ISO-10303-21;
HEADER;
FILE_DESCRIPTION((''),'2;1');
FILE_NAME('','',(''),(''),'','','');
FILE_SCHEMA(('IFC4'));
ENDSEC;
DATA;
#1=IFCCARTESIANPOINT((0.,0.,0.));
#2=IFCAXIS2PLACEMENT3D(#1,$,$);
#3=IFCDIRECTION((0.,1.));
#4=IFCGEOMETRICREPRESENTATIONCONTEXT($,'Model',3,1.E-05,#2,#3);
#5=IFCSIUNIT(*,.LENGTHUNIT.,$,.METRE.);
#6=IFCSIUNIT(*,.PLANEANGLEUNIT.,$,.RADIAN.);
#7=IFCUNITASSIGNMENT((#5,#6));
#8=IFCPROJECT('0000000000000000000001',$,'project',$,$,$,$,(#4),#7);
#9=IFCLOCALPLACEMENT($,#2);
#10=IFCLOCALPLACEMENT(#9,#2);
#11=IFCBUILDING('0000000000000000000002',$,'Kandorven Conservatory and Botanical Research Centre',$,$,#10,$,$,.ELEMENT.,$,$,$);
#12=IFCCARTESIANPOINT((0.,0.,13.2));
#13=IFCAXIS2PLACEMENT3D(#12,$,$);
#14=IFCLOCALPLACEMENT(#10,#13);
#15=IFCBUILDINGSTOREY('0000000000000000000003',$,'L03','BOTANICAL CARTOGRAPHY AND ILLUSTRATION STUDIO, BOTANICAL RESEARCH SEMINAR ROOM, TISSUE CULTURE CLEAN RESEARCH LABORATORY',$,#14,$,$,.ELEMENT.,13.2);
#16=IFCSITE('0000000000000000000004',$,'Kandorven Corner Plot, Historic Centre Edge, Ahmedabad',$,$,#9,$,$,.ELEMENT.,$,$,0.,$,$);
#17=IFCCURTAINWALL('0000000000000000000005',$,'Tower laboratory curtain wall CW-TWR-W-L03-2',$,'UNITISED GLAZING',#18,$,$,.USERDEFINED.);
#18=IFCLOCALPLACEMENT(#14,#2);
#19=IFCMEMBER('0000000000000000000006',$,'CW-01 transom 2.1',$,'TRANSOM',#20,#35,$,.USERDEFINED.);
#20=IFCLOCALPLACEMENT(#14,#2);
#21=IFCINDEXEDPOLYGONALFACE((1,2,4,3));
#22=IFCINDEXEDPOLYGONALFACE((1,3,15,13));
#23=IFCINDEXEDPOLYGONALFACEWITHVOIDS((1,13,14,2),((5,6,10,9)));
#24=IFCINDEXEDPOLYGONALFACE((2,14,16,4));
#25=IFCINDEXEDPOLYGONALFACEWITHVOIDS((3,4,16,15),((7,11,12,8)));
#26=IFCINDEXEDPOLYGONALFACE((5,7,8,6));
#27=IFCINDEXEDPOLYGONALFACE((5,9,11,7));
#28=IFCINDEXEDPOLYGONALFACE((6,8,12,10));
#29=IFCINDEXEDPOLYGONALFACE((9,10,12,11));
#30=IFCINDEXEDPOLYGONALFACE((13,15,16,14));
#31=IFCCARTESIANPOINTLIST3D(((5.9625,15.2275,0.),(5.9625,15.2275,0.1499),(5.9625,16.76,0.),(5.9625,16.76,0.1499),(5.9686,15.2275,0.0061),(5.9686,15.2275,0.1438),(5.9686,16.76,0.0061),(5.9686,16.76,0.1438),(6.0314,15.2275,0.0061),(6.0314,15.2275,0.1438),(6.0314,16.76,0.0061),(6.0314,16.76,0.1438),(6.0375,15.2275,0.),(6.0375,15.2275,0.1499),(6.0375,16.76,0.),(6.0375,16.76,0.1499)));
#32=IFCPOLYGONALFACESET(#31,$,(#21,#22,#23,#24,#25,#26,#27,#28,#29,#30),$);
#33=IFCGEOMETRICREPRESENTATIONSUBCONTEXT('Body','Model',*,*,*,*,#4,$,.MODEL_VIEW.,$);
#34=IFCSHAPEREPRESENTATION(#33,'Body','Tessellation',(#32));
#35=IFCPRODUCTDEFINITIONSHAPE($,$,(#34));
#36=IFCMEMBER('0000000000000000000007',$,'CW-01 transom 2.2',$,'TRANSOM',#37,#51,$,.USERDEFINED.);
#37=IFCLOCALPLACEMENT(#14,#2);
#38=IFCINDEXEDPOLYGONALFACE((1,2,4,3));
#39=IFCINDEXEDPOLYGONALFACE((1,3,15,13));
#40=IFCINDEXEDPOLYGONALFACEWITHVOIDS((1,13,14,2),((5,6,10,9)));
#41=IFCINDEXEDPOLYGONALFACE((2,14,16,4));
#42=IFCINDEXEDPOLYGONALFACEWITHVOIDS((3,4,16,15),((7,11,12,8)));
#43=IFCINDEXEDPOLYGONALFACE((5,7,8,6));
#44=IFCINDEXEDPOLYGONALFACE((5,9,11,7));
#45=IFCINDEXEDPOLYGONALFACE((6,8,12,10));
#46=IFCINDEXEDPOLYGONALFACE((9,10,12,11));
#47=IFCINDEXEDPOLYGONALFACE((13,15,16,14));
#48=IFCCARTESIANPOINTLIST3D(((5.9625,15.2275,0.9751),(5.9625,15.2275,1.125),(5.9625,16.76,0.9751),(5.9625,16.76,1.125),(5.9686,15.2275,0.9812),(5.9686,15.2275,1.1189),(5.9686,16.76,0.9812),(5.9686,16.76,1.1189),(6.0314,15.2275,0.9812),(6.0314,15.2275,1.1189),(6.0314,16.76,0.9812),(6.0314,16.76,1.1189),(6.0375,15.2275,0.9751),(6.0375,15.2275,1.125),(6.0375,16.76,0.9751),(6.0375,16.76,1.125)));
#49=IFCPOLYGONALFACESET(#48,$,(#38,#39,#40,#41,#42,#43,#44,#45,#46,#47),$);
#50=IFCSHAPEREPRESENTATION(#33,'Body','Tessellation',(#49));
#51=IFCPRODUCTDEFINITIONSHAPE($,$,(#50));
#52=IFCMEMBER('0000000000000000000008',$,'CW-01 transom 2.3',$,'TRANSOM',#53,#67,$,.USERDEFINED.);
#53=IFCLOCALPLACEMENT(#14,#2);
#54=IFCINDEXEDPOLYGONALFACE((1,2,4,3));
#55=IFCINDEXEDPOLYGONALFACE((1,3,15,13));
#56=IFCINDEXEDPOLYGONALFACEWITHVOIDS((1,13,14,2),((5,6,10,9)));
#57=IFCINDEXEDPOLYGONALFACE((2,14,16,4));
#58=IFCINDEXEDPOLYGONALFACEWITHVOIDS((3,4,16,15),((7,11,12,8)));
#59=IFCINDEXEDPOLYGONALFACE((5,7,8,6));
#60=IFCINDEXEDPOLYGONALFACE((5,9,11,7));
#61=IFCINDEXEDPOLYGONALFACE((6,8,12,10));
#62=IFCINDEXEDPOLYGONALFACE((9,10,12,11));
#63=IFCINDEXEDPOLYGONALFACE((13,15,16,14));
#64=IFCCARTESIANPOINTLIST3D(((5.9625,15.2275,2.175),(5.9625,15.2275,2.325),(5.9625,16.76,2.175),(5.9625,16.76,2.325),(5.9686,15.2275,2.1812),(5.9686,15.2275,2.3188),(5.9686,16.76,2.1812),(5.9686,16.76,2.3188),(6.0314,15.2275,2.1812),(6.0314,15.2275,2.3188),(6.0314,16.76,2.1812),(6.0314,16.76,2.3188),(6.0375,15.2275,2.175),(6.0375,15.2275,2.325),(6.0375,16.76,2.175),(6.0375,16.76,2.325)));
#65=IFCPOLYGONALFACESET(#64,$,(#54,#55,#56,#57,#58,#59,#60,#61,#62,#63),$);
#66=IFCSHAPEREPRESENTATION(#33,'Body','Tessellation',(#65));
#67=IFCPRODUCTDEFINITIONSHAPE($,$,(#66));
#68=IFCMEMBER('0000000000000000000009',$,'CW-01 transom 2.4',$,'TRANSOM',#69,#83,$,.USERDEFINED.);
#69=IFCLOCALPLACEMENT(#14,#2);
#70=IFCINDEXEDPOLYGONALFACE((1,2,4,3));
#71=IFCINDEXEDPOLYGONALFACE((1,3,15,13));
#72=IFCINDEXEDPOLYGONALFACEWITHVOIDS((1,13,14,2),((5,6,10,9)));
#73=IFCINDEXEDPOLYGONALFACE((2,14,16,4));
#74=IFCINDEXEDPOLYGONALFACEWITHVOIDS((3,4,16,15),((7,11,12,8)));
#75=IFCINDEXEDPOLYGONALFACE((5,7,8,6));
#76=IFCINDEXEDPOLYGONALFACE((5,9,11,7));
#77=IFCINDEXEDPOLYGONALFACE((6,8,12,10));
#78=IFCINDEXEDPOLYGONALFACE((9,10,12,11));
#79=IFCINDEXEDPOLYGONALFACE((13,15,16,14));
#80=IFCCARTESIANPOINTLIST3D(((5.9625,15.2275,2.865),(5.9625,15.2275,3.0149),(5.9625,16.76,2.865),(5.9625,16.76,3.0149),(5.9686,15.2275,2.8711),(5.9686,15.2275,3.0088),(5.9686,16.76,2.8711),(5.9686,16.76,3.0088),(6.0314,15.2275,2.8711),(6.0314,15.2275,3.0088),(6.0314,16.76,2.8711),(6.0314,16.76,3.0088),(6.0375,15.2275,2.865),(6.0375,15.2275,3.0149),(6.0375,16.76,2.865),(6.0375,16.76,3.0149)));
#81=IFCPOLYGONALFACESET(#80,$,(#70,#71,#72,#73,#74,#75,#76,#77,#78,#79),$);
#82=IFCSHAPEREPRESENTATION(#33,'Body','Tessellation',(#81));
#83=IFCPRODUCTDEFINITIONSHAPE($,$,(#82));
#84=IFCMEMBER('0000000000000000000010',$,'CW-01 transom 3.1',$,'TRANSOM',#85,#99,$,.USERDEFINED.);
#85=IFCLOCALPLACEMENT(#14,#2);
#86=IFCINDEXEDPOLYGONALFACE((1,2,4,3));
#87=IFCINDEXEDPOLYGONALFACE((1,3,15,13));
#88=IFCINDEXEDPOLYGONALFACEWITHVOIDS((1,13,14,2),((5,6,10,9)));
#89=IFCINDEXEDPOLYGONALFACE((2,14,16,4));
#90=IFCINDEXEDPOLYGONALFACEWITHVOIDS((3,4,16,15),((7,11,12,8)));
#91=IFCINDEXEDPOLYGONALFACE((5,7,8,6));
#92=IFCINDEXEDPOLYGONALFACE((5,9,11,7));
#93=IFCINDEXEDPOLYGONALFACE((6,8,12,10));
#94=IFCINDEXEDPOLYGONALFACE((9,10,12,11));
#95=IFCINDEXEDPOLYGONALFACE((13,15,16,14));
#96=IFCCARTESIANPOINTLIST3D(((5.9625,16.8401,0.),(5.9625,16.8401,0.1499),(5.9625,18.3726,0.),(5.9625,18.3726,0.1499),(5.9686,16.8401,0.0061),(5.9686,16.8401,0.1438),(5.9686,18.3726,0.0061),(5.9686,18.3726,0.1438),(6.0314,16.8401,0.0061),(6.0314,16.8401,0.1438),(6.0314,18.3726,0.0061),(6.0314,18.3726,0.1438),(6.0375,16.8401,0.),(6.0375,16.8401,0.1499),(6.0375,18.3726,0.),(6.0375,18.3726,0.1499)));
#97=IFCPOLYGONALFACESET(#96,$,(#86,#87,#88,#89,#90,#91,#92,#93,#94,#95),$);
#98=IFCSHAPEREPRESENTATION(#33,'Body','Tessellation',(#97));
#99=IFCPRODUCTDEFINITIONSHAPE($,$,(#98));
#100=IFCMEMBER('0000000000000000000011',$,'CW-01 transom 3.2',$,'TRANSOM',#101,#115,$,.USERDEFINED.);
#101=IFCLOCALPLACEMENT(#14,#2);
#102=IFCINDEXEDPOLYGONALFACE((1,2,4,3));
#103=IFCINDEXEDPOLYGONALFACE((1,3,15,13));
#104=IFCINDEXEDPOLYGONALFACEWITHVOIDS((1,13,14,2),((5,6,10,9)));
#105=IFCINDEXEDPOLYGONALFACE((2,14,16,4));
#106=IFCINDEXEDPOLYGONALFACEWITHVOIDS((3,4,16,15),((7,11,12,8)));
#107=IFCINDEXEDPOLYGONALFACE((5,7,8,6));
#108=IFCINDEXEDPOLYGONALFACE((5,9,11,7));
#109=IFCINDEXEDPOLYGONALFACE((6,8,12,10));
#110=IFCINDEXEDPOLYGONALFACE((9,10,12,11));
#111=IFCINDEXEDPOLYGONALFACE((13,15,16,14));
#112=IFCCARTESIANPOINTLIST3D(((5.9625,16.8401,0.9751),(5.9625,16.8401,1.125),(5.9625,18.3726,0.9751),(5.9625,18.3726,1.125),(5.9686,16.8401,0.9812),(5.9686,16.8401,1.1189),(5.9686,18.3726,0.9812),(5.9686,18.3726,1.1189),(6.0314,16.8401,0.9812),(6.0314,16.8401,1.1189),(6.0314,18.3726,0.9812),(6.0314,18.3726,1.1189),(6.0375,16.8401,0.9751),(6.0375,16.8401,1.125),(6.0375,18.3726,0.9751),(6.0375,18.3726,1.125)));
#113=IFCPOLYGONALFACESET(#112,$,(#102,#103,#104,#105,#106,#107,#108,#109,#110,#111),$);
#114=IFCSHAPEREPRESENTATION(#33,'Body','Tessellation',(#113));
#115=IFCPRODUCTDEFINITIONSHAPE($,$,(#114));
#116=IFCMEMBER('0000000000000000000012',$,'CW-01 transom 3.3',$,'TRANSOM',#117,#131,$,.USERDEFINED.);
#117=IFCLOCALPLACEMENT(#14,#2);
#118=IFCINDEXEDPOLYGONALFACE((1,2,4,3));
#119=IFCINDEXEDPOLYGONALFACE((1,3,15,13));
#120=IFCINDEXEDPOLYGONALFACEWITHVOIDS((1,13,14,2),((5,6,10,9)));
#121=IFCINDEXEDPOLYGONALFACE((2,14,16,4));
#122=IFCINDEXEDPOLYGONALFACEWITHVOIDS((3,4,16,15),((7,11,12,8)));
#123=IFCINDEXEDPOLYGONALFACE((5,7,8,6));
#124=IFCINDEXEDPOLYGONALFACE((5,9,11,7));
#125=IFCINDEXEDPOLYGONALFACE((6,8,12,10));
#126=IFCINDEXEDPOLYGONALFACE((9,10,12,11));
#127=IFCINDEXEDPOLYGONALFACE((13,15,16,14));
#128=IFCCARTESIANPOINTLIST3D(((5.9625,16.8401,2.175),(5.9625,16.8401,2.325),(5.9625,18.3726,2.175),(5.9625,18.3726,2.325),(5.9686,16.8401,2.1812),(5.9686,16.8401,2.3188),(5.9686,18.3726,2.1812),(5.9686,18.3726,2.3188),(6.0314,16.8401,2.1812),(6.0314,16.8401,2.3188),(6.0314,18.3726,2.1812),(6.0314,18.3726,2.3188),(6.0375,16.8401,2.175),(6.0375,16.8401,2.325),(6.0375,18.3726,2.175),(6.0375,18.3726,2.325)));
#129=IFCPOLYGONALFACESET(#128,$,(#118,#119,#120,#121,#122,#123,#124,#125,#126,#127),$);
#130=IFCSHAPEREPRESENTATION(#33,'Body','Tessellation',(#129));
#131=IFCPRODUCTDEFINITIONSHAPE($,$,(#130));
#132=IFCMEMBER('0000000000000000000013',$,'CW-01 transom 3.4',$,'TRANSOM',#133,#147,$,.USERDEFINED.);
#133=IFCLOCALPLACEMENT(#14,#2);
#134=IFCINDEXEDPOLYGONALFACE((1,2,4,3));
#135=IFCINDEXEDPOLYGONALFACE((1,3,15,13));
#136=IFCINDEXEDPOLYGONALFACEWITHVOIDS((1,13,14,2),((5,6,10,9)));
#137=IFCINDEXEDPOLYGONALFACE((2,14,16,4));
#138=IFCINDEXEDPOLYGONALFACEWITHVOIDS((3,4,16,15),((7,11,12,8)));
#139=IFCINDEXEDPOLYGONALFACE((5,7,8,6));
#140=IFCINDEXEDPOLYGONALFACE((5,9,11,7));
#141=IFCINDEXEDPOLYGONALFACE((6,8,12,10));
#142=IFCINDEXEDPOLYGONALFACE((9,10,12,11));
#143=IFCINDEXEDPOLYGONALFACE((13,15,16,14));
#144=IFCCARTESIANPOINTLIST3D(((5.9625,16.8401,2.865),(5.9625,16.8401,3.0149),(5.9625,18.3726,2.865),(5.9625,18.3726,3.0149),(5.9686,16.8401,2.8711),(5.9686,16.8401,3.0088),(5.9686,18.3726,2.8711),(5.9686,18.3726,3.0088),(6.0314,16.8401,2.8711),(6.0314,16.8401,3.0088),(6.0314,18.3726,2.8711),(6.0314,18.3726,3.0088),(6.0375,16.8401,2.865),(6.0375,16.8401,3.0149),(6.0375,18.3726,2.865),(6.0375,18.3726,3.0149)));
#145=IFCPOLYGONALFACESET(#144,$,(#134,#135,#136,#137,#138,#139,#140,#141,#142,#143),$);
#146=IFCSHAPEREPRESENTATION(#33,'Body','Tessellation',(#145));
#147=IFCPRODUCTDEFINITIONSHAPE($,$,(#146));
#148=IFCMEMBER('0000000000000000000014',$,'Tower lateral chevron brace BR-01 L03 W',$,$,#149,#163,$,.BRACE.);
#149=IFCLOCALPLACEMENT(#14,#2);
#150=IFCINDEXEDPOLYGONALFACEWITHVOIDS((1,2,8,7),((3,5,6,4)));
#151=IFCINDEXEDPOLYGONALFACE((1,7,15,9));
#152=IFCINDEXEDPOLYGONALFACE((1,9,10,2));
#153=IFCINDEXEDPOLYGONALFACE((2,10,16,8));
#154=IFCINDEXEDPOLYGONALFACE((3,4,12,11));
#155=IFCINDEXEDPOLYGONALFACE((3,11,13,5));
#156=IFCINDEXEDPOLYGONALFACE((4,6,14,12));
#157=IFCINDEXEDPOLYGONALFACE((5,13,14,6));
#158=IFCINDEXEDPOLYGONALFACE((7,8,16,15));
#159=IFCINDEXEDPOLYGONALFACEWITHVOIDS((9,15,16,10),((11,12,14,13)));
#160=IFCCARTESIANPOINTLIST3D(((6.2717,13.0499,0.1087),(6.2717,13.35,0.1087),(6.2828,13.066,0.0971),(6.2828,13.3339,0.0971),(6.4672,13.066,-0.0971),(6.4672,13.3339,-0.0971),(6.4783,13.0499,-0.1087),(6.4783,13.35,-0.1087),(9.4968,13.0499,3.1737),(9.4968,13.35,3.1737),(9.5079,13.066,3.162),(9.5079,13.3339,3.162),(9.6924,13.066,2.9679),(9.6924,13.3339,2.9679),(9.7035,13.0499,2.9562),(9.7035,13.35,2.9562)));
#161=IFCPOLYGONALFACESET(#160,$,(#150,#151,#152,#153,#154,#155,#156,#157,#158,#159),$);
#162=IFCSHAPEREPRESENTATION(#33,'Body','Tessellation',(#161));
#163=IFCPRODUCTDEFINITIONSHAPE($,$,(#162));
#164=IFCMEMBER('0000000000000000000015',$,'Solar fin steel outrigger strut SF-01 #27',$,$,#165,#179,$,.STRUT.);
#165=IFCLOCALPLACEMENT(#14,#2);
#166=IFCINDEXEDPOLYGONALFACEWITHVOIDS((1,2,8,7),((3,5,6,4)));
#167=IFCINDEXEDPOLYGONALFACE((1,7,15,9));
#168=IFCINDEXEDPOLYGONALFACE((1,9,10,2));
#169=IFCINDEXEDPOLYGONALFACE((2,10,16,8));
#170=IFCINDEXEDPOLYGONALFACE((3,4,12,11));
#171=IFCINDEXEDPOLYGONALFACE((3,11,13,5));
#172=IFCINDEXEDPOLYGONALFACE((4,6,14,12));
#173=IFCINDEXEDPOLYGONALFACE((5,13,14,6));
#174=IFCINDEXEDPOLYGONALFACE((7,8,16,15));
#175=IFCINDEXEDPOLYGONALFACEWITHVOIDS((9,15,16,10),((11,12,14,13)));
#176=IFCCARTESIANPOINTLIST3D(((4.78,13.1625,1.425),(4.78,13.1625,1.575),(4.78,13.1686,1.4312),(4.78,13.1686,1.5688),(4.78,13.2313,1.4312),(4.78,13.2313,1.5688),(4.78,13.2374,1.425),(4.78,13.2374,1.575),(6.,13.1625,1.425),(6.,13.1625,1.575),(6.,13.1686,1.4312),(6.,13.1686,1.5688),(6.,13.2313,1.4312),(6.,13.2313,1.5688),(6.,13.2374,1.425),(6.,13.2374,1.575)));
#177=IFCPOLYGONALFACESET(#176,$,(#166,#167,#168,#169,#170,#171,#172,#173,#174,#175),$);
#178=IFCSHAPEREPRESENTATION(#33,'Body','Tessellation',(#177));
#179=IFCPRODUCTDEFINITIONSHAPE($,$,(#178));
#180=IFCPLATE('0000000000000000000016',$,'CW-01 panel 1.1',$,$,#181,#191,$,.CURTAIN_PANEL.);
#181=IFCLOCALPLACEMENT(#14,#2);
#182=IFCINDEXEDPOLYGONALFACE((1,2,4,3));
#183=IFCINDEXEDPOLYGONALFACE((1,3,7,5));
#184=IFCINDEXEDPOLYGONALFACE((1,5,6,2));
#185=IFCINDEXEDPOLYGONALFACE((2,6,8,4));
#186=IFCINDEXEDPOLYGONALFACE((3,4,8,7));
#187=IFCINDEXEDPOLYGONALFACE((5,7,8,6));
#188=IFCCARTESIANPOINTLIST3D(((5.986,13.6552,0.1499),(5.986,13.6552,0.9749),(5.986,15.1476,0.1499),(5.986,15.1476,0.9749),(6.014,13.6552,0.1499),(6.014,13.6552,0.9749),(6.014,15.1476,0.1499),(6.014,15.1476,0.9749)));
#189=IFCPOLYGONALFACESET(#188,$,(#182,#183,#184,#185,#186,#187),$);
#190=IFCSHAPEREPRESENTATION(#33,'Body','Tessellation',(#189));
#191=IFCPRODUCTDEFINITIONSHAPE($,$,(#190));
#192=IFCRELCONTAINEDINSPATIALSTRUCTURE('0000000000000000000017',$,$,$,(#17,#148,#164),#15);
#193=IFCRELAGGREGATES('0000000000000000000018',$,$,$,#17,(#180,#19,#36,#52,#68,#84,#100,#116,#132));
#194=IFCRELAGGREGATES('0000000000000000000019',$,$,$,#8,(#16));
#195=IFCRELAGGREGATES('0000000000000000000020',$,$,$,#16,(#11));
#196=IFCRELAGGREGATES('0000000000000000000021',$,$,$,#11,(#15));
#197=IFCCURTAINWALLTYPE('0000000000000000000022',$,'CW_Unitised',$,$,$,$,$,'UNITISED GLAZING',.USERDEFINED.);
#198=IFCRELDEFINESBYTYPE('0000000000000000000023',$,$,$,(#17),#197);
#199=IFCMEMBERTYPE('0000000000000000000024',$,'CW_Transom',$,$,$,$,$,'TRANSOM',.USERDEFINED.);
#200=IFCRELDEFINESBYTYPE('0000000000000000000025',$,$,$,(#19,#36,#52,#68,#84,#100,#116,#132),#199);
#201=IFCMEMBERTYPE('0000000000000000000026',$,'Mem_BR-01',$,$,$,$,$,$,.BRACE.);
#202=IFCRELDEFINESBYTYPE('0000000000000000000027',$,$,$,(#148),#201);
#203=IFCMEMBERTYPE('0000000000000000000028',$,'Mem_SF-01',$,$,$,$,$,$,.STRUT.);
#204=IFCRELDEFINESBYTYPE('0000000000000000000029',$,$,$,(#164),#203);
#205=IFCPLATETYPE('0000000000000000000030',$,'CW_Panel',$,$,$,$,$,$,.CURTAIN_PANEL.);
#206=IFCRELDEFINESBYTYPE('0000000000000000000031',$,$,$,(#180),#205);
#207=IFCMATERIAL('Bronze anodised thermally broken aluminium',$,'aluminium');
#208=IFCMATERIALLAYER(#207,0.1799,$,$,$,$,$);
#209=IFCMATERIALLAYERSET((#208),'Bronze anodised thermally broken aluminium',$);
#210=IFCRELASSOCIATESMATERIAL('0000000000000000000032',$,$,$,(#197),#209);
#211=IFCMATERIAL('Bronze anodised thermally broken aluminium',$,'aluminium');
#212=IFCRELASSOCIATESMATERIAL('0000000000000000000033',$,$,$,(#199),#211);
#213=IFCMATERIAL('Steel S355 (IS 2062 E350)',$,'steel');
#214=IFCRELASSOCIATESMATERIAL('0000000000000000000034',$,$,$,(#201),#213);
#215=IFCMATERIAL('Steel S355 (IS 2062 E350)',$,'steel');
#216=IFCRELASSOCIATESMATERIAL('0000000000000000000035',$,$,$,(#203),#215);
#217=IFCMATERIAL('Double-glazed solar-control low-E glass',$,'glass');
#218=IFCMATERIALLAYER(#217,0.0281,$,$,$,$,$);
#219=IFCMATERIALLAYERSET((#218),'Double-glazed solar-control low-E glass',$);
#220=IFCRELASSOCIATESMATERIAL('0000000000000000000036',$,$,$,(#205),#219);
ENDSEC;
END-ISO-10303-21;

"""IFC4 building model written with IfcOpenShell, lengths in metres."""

from ifc_helpers import new_model, si_unit, direction, frame, origin, origin_2d, place, context, subcontext, project, spatial, rectangle, hollow_rectangle, extrude, material, layer, layer_set, material_profile, profile_set, type_object, element, aggregate, save


model = new_model("IFC4")

# Units and contexts
model_context = context("Model", 3, precision=1e-05, world=origin(), true_north=direction((0.0, 1.0)))
body_context = subcontext(model_context, "Body", "Model", "MODEL_VIEW")
ifc_project = project(units=[si_unit("LENGTHUNIT", "METRE"), si_unit("PLANEANGLEUNIT", "RADIAN")], contexts=[model_context])

# Site, building, storey
site_placement = place(None, origin())
site = spatial("IfcSite", under=ifc_project, at=site_placement, Name="Kandorven Corner Plot, Historic Centre Edge, Ahmedabad", CompositionType="ELEMENT", RefElevation=0.0)
building_placement = place(site_placement, origin())
building = spatial("IfcBuilding", under=site, at=building_placement, Name="Kandorven Conservatory and Botanical Research Centre", CompositionType="ELEMENT")
storey_placement = place(building_placement, frame((0.0, 0.0, 13.2)))
storey = spatial("IfcBuildingStorey", under=building, at=storey_placement, Name="L03", Description="BOTANICAL CARTOGRAPHY AND ILLUSTRATION STUDIO, BOTANICAL RESEARCH SEMINAR ROOM, TISSUE CULTURE CLEAN RESEARCH LABORATORY", CompositionType="ELEMENT", Elevation=13.2)

# Curtain wall, members
ifc_material_1 = material(Name="Bronze anodised thermally broken aluminium", Category="aluminium")
ifc_layer_1 = layer(ifc_material_1, 0.1799)
ifc_layer_set_1 = layer_set([ifc_layer_1], Name="Bronze anodised thermally broken aluminium")
curtain_wall_type = type_object("IfcCurtainWallType", Name="CW_Unitised", ElementType="UNITISED GLAZING", PredefinedType="USERDEFINED", material=ifc_layer_set_1)
curtain_wall_placement = place(storey_placement, origin())
curtain_wall = element("IfcCurtainWall", 1, at=curtain_wall_placement, inside=storey, type_object=curtain_wall_type, Name="Tower laboratory curtain wall CW-TWR-W-L03-2", ObjectType="UNITISED GLAZING", PredefinedType="USERDEFINED")
ifc_material_2 = material(Name="Bronze anodised thermally broken aluminium", Category="aluminium")
ifc_material_profile_1 = material_profile(ifc_material_2, hollow_rectangle(XDim=0.075, YDim=0.1499, WallThickness=0.0061, at=origin_2d()))
ifc_profile_set_1 = profile_set([ifc_material_profile_1], Name="Bronze anodised thermally broken aluminium")
member_type_1 = type_object("IfcMemberType", Name="CW_Transom", ElementType="TRANSOM", PredefinedType="USERDEFINED", material=ifc_profile_set_1)
member_1_placement = place(storey_placement, frame((6.0, 15.2275, 0.075), z_axis=(0.0, 1.0, 0.0), x_axis=(-1.0, 0.0, 0.0)))
member_1 = element("IfcMember", 2, at=member_1_placement, type_object=member_type_1, Name="CW-01 transom 2.1", ObjectType="TRANSOM", PredefinedType="USERDEFINED", context=body_context, shape_type="SweptSolid", body=[
    extrude(hollow_rectangle(XDim=0.075, YDim=0.1499, WallThickness=0.0061, at=origin_2d()), origin(), (0.0, 0.0, 1.0), 1.5325),
])
member_2_placement = place(storey_placement, frame((6.0, 15.2275, 1.05), z_axis=(0.0, 1.0, 0.0), x_axis=(-1.0, 0.0, 0.0)))
member_2 = element("IfcMember", 3, at=member_2_placement, type_object=member_type_1, Name="CW-01 transom 2.2", ObjectType="TRANSOM", PredefinedType="USERDEFINED", context=body_context, shape_type="SweptSolid", body=[
    extrude(hollow_rectangle(XDim=0.075, YDim=0.1499, WallThickness=0.0061, at=origin_2d()), origin(), (0.0, 0.0, 1.0), 1.5325),
])
member_3_placement = place(storey_placement, frame((6.0, 15.2275, 2.25), z_axis=(0.0, 1.0, 0.0), x_axis=(-1.0, 0.0, 0.0)))
member_3 = element("IfcMember", 4, at=member_3_placement, type_object=member_type_1, Name="CW-01 transom 2.3", ObjectType="TRANSOM", PredefinedType="USERDEFINED", context=body_context, shape_type="SweptSolid", body=[
    extrude(hollow_rectangle(XDim=0.075, YDim=0.1499, WallThickness=0.0061, at=origin_2d()), origin(), (0.0, 0.0, 1.0), 1.5325),
])
member_4_placement = place(storey_placement, frame((6.0, 15.2275, 2.9399), z_axis=(0.0, 1.0, 0.0), x_axis=(-1.0, 0.0, 0.0)))
member_4 = element("IfcMember", 5, at=member_4_placement, type_object=member_type_1, Name="CW-01 transom 2.4", ObjectType="TRANSOM", PredefinedType="USERDEFINED", context=body_context, shape_type="SweptSolid", body=[
    extrude(hollow_rectangle(XDim=0.075, YDim=0.1499, WallThickness=0.0061, at=origin_2d()), origin(), (0.0, 0.0, 1.0), 1.5325),
])
member_5_placement = place(storey_placement, frame((6.0, 16.8401, 0.075), z_axis=(0.0, 1.0, 0.0), x_axis=(-1.0, 0.0, 0.0)))
member_5 = element("IfcMember", 6, at=member_5_placement, type_object=member_type_1, Name="CW-01 transom 3.1", ObjectType="TRANSOM", PredefinedType="USERDEFINED", context=body_context, shape_type="SweptSolid", body=[
    extrude(hollow_rectangle(XDim=0.075, YDim=0.1499, WallThickness=0.0061, at=origin_2d()), origin(), (0.0, 0.0, 1.0), 1.5325),
])
member_6_placement = place(storey_placement, frame((6.0, 16.8401, 1.05), z_axis=(0.0, 1.0, 0.0), x_axis=(-1.0, 0.0, 0.0)))
member_6 = element("IfcMember", 7, at=member_6_placement, type_object=member_type_1, Name="CW-01 transom 3.2", ObjectType="TRANSOM", PredefinedType="USERDEFINED", context=body_context, shape_type="SweptSolid", body=[
    extrude(hollow_rectangle(XDim=0.075, YDim=0.1499, WallThickness=0.0061, at=origin_2d()), origin(), (0.0, 0.0, 1.0), 1.5325),
])
member_7_placement = place(storey_placement, frame((6.0, 16.8401, 2.25), z_axis=(0.0, 1.0, 0.0), x_axis=(-1.0, 0.0, 0.0)))
member_7 = element("IfcMember", 8, at=member_7_placement, type_object=member_type_1, Name="CW-01 transom 3.3", ObjectType="TRANSOM", PredefinedType="USERDEFINED", context=body_context, shape_type="SweptSolid", body=[
    extrude(hollow_rectangle(XDim=0.075, YDim=0.1499, WallThickness=0.0061, at=origin_2d()), origin(), (0.0, 0.0, 1.0), 1.5325),
])
member_8_placement = place(storey_placement, frame((6.0, 16.8401, 2.9399), z_axis=(0.0, 1.0, 0.0), x_axis=(-1.0, 0.0, 0.0)))
member_8 = element("IfcMember", 9, at=member_8_placement, type_object=member_type_1, Name="CW-01 transom 3.4", ObjectType="TRANSOM", PredefinedType="USERDEFINED", context=body_context, shape_type="SweptSolid", body=[
    extrude(hollow_rectangle(XDim=0.075, YDim=0.1499, WallThickness=0.0061, at=origin_2d()), origin(), (0.0, 0.0, 1.0), 1.5325),
])

# Members
ifc_material_3 = material(Name="Steel S355 (IS 2062 E350)", Category="steel")
ifc_material_profile_2 = material_profile(ifc_material_3, hollow_rectangle(XDim=0.3, YDim=0.3, WallThickness=0.0161, at=origin_2d()))
ifc_profile_set_2 = profile_set([ifc_material_profile_2], Name="Steel S355 (IS 2062 E350)")
member_type_2 = type_object("IfcMemberType", Name="Mem_BR-01", PredefinedType="BRACE", material=ifc_profile_set_2)
member_9_placement = place(storey_placement, frame((6.375, 13.2, 0.0), z_axis=(0.724876, 0.0, 0.688879), x_axis=(0.0, 1.0, 0.0)))
element("IfcMember", 10, at=member_9_placement, inside=storey, type_object=member_type_2, Name="Tower lateral chevron brace BR-01 L03 W", PredefinedType="BRACE", context=body_context, shape_type="SweptSolid", body=[
    extrude(hollow_rectangle(XDim=0.3, YDim=0.3, WallThickness=0.0161, at=origin_2d()), origin(), (0.0, 0.0, 1.0), 4.4492),
])
ifc_material_4 = material(Name="Steel S355 (IS 2062 E350)", Category="steel")
ifc_material_profile_3 = material_profile(ifc_material_4, hollow_rectangle(XDim=0.075, YDim=0.1499, WallThickness=0.0061, at=origin_2d()))
ifc_profile_set_3 = profile_set([ifc_material_profile_3], Name="Steel S355 (IS 2062 E350)")
member_type_3 = type_object("IfcMemberType", Name="Mem_SF-01", PredefinedType="STRUT", material=ifc_profile_set_3)
member_10_placement = place(storey_placement, frame((6.0, 13.2, 1.5), z_axis=(-1.0, 0.0, 0.0), x_axis=(0.0, -1.0, 0.0)))
element("IfcMember", 11, at=member_10_placement, inside=storey, type_object=member_type_3, Name="Solar fin steel outrigger strut SF-01 #27", PredefinedType="STRUT", context=body_context, shape_type="SweptSolid", body=[
    extrude(hollow_rectangle(XDim=0.075, YDim=0.1499, WallThickness=0.0061, at=origin_2d()), origin(), (0.0, 0.0, 1.0), 1.22),
])

# Plate
ifc_material_5 = material(Name="Double-glazed solar-control low-E glass", Category="glass")
ifc_layer_2 = layer(ifc_material_5, 0.0281)
ifc_layer_set_2 = layer_set([ifc_layer_2], Name="Double-glazed solar-control low-E glass")
plate_type_1 = type_object("IfcPlateType", Name="CW_Panel", PredefinedType="CURTAIN_PANEL", material=ifc_layer_set_2)
plate_1_placement = place(storey_placement, frame((6.0, 14.4014, 0.1499), z_axis=(0.0, 0.0, 1.0), x_axis=(0.0, 1.0, 0.0)))
plate_1 = element("IfcPlate", 12, at=plate_1_placement, type_object=plate_type_1, Name="CW-01 panel 1.1", PredefinedType="CURTAIN_PANEL", context=body_context, shape_type="SweptSolid", body=[
    extrude(rectangle(XDim=1.4924, YDim=0.0281, at=origin_2d()), origin(), (0.0, 0.0, 1.0), 0.825),
])
aggregate(curtain_wall, [plate_1, member_1, member_2, member_3, member_4, member_5, member_6, member_7, member_8])

save(model, "model.ifc")
